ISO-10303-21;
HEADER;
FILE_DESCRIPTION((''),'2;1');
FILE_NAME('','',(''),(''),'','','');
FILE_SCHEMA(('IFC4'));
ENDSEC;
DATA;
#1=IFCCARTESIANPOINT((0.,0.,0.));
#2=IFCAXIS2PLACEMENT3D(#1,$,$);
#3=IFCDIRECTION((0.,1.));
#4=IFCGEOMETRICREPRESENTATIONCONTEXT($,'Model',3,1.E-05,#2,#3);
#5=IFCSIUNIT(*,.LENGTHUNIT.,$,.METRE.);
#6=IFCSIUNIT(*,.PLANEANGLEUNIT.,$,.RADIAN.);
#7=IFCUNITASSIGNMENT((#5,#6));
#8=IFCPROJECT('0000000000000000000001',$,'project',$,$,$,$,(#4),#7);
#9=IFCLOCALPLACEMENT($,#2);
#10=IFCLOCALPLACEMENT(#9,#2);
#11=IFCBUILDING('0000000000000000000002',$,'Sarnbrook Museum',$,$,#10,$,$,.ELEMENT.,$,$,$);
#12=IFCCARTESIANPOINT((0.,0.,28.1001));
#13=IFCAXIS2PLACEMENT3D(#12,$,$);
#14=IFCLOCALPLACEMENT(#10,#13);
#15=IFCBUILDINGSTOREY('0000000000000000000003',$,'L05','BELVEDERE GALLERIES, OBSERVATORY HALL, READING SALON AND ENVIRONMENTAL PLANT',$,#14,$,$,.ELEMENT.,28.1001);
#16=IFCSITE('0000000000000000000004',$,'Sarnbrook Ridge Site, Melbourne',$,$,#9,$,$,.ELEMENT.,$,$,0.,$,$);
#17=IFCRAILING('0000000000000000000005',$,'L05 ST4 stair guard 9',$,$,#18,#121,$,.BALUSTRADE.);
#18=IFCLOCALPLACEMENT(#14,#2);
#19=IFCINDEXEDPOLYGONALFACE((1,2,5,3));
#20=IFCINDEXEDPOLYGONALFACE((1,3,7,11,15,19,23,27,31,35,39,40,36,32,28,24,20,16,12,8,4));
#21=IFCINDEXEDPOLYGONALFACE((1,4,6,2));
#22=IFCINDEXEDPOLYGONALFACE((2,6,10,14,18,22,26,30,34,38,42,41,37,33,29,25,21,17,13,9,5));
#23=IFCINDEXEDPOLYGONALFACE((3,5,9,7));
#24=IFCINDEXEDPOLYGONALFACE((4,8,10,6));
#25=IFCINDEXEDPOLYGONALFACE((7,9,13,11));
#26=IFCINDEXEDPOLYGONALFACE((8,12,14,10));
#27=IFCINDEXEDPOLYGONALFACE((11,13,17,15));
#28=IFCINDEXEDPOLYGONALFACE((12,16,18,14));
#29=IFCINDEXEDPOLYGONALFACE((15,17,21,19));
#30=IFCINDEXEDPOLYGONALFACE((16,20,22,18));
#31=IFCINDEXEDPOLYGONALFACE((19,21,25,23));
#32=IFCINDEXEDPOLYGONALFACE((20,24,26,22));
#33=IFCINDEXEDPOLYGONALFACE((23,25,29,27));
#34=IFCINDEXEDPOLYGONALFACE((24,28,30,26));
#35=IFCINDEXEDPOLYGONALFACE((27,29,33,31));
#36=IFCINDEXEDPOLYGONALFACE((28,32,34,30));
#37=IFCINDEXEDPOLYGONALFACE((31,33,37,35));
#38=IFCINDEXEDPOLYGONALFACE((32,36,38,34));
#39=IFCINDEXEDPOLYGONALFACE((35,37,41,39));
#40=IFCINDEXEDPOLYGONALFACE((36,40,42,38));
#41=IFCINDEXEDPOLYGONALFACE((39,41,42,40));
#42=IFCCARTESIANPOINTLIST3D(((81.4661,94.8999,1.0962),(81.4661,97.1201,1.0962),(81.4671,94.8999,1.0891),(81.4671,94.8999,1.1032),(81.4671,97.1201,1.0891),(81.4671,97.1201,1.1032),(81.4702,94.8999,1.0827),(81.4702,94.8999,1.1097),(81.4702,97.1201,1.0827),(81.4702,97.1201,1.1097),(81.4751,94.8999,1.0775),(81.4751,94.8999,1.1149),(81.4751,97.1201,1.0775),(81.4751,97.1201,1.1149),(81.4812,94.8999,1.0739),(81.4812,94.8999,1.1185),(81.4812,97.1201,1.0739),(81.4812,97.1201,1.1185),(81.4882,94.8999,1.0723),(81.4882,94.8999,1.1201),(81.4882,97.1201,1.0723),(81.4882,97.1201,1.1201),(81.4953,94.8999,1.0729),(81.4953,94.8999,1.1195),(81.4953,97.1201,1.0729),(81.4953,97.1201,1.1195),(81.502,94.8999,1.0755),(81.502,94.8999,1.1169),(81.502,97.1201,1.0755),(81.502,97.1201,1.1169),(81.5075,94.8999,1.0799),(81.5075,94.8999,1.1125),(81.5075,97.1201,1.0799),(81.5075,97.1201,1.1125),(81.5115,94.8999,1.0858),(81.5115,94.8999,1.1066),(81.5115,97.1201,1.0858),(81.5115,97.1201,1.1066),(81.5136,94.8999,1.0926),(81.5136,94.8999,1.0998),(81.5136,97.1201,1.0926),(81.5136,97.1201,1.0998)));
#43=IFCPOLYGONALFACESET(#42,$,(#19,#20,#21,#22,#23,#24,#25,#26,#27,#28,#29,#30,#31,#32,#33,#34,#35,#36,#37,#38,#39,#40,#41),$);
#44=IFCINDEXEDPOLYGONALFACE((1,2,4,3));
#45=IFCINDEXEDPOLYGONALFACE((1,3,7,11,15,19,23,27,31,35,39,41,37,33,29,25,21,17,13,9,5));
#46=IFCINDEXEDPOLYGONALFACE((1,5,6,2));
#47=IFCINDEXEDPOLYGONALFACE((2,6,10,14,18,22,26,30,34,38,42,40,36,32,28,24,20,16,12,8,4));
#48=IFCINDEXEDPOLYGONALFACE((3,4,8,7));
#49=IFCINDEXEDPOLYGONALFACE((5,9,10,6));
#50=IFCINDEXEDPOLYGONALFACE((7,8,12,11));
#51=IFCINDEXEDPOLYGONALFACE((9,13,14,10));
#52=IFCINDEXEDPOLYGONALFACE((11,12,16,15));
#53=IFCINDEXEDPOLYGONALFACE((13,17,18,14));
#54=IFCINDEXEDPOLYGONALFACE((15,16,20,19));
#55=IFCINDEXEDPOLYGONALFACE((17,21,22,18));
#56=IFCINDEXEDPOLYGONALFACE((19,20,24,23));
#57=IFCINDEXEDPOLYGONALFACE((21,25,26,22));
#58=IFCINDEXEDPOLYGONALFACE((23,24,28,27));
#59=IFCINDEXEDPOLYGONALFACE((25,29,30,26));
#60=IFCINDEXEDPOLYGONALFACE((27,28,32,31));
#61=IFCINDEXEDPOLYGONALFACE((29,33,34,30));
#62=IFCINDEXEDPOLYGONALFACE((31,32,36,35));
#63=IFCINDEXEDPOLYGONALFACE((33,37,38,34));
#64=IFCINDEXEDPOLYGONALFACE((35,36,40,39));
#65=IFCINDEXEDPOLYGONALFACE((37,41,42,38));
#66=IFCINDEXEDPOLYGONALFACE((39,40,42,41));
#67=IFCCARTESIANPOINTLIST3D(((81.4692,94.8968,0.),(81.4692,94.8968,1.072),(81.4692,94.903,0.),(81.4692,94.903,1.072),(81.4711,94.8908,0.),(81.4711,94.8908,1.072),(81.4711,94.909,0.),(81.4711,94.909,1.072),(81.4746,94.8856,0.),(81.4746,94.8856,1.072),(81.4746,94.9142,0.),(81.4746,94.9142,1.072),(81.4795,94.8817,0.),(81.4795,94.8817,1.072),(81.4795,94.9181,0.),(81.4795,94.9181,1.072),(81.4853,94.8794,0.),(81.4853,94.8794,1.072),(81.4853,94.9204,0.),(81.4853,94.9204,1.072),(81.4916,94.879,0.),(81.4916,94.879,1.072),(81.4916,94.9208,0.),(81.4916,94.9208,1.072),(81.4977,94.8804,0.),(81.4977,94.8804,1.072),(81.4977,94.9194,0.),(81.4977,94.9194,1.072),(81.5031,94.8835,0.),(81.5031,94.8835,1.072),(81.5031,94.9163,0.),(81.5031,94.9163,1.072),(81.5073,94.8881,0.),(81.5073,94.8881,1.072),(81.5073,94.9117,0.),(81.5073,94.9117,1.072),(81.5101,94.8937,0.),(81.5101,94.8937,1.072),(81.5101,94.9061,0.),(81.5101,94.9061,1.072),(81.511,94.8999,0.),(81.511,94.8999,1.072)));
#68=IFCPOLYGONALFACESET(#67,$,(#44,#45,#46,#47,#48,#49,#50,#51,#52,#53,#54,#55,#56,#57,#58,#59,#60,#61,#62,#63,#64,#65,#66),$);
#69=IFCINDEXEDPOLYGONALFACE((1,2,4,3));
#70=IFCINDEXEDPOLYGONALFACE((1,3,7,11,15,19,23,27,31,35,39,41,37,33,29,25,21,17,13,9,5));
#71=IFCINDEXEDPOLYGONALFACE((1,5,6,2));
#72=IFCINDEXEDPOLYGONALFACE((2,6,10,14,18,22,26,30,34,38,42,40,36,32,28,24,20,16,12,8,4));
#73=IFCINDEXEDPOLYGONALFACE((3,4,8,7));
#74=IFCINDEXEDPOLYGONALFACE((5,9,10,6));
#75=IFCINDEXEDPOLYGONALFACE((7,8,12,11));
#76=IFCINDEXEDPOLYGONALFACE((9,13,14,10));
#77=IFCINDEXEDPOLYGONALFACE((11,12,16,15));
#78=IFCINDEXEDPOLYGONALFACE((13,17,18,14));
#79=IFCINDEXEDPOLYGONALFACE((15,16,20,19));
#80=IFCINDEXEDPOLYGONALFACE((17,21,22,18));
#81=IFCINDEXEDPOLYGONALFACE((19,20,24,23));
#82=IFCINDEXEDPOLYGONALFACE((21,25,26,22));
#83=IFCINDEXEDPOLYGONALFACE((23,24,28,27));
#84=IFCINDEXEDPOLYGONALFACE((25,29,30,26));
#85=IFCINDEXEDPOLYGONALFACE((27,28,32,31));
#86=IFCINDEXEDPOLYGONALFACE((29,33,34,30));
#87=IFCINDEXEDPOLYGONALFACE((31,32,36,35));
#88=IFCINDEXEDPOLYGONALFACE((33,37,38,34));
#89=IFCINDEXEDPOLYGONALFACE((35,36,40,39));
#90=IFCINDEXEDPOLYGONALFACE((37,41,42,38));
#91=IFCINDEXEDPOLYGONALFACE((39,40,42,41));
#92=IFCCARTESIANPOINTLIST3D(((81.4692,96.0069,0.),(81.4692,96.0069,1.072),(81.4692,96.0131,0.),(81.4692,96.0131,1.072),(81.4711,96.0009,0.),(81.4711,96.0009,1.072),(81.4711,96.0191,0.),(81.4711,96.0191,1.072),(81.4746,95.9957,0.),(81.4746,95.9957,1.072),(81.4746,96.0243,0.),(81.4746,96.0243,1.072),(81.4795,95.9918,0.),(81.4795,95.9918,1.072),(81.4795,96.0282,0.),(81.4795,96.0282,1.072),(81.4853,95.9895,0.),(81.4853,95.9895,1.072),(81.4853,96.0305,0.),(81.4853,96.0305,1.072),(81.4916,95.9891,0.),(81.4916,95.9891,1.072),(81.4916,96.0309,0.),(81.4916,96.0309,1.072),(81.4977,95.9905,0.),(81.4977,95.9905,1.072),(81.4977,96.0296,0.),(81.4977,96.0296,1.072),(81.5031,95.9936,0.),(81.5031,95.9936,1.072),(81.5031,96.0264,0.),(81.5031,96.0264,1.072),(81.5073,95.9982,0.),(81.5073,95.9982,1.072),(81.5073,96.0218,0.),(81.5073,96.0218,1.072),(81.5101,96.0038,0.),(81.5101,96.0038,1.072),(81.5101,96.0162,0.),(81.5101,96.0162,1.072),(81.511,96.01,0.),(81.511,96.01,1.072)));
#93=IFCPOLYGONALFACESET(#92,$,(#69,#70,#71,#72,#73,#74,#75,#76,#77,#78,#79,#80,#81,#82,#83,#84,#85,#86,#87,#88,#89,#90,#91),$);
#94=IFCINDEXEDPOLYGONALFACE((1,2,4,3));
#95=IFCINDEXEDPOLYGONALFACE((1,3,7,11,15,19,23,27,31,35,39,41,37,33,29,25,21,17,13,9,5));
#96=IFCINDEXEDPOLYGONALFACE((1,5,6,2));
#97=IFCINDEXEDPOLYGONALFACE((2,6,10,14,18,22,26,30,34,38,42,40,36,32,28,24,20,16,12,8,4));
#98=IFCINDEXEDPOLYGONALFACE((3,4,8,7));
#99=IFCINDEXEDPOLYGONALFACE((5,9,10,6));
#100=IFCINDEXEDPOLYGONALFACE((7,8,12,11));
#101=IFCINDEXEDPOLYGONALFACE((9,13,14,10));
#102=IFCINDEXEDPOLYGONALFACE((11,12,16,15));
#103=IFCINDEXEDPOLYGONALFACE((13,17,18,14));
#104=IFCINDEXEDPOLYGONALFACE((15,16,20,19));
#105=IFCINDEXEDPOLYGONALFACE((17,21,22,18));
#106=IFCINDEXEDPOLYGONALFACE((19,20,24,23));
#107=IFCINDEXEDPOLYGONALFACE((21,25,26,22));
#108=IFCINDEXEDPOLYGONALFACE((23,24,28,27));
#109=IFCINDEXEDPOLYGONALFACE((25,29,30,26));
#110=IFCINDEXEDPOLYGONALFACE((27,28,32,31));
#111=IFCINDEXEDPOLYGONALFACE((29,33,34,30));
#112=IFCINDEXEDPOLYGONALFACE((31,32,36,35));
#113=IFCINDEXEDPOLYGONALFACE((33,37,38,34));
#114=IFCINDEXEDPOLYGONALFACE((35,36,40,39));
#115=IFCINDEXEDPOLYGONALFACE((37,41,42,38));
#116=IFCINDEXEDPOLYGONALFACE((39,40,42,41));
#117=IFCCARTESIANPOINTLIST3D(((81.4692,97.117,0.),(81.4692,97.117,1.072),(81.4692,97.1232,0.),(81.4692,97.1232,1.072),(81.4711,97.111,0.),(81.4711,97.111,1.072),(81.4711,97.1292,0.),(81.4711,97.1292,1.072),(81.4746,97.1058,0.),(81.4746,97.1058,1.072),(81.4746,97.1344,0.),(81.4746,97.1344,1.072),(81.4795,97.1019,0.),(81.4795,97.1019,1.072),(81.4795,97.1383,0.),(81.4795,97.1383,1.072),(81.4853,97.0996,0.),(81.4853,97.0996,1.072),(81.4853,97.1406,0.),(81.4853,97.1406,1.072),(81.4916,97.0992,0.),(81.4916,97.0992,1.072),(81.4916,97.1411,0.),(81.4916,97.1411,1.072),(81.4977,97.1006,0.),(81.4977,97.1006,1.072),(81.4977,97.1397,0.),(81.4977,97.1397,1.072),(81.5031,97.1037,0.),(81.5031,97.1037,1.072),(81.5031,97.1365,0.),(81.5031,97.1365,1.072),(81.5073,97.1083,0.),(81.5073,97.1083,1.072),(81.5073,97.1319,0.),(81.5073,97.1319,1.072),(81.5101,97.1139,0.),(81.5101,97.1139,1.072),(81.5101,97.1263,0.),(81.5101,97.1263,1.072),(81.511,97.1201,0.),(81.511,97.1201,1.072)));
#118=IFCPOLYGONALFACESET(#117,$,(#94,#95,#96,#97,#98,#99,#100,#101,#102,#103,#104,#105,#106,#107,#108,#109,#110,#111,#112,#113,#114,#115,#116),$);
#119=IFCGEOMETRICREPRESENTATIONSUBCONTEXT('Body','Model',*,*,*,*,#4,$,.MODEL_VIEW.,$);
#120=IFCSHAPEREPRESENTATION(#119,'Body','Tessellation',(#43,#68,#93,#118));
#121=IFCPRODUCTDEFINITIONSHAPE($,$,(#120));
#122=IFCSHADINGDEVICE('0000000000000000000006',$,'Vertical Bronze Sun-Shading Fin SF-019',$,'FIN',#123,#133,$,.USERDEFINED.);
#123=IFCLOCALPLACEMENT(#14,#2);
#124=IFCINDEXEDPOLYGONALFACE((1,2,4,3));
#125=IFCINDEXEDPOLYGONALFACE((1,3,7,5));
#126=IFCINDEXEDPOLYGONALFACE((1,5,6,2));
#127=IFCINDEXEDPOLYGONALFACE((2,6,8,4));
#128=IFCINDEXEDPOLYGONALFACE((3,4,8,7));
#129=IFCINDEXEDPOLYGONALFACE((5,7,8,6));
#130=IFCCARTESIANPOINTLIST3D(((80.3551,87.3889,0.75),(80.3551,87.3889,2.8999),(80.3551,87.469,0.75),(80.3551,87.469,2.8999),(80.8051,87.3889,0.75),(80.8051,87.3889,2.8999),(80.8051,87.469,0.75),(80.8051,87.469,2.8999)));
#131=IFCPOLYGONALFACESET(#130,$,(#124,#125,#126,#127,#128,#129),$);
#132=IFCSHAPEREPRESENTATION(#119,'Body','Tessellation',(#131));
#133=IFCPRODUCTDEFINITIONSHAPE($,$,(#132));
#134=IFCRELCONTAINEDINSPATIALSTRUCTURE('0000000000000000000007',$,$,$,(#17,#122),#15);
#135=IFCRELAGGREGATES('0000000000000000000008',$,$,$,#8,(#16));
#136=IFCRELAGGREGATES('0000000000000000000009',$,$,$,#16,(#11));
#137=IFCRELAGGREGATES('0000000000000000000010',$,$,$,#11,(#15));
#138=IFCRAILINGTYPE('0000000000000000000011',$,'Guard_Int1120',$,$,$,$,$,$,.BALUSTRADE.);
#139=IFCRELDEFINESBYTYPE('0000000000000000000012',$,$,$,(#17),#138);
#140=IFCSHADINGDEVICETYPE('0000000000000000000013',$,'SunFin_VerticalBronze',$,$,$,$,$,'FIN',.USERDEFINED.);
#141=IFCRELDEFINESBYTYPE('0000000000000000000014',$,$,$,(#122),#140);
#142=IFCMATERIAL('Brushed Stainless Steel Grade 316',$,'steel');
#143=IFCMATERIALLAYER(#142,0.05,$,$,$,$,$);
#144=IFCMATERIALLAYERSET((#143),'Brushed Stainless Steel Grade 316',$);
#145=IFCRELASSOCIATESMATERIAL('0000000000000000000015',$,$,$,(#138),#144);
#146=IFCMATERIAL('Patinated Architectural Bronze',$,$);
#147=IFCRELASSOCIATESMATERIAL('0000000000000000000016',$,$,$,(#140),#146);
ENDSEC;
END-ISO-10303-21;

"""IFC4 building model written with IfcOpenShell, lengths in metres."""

from ifc_helpers import new_model, si_unit, direction, frame, origin, origin_2d, place, context, subcontext, project, spatial, rectangle, circle, extrude, material, layer, layer_set, type_object, element, save


model = new_model("IFC4")

# Units and contexts
model_context = context("Model", 3, precision=1e-05, world=origin(), true_north=direction((0.0, 1.0)))
body_context = subcontext(model_context, "Body", "Model", "MODEL_VIEW")
ifc_project = project(units=[si_unit("LENGTHUNIT", "METRE"), si_unit("PLANEANGLEUNIT", "RADIAN")], contexts=[model_context])

# Site, building, storey
site_placement = place(None, origin())
site = spatial("IfcSite", under=ifc_project, at=site_placement, Name="Sarnbrook Ridge Site, Melbourne", CompositionType="ELEMENT", RefElevation=0.0)
building_placement = place(site_placement, origin())
building = spatial("IfcBuilding", under=site, at=building_placement, Name="Sarnbrook Museum", CompositionType="ELEMENT")
storey_placement = place(building_placement, frame((0.0, 0.0, 28.1001)))
storey = spatial("IfcBuildingStorey", under=building, at=storey_placement, Name="L05", Description="BELVEDERE GALLERIES, OBSERVATORY HALL, READING SALON AND ENVIRONMENTAL PLANT", CompositionType="ELEMENT", Elevation=28.1001)

# Shared definitions
ifc_material_1 = material(Name="Brushed Stainless Steel Grade 316", Category="steel")

# Railing
ifc_layer_1 = layer(ifc_material_1, 0.05)
ifc_layer_set_1 = layer_set([ifc_layer_1], Name="Brushed Stainless Steel Grade 316")
railing_type = type_object("IfcRailingType", Name="Guard_Int1120", PredefinedType="BALUSTRADE", material=ifc_layer_set_1)
for number, where, name in (
    (1, (81.49, 94.8999, 0.0), "L05 ST4 stair guard 9"),
):
    element("IfcRailing", number, at=place(storey_placement, frame(where)), inside=storey, type_object=railing_type, Name=name, PredefinedType="BALUSTRADE", context=body_context, shape_type="SweptSolid", body=[
        extrude(circle(Radius=0.0239, at=origin_2d()), frame((0.0, 0.0, 1.0962), z_axis=(0.0, 1.0, 0.0), x_axis=(-1.0, 0.0, 0.0)), (0.0, 0.0, 1.0), 2.2202),
        extrude(circle(Radius=0.021, at=origin_2d()), origin(), (0.0, 0.0, 1.0), 1.072),
        extrude(circle(Radius=0.021, at=origin_2d()), frame((0.0, 1.1101, 0.0)), (0.0, 0.0, 1.0), 1.072),
        extrude(circle(Radius=0.021, at=origin_2d()), frame((0.0, 2.2202, 0.0)), (0.0, 0.0, 1.0), 1.072),
    ])

# Shading device
ifc_material_2 = material(Name="Patinated Architectural Bronze")
shading_device_type = type_object("IfcShadingDeviceType", Name="SunFin_VerticalBronze", ElementType="FIN", PredefinedType="USERDEFINED", material=ifc_material_2)
shading_device_placement = place(storey_placement, frame((80.5801, 87.429, 0.75), z_axis=(0.0, 0.0, 1.0), x_axis=(1.0, 0.0, 0.0)))
element("IfcShadingDevice", 2, at=shading_device_placement, inside=storey, type_object=shading_device_type, Name="Vertical Bronze Sun-Shading Fin SF-019", ObjectType="FIN", PredefinedType="USERDEFINED", context=body_context, shape_type="SweptSolid", body=[
    extrude(rectangle(XDim=0.45, YDim=0.0801, at=origin_2d()), origin(), (0.0, 0.0, 1.0), 2.1499),
])

save(model, "model.ifc")
